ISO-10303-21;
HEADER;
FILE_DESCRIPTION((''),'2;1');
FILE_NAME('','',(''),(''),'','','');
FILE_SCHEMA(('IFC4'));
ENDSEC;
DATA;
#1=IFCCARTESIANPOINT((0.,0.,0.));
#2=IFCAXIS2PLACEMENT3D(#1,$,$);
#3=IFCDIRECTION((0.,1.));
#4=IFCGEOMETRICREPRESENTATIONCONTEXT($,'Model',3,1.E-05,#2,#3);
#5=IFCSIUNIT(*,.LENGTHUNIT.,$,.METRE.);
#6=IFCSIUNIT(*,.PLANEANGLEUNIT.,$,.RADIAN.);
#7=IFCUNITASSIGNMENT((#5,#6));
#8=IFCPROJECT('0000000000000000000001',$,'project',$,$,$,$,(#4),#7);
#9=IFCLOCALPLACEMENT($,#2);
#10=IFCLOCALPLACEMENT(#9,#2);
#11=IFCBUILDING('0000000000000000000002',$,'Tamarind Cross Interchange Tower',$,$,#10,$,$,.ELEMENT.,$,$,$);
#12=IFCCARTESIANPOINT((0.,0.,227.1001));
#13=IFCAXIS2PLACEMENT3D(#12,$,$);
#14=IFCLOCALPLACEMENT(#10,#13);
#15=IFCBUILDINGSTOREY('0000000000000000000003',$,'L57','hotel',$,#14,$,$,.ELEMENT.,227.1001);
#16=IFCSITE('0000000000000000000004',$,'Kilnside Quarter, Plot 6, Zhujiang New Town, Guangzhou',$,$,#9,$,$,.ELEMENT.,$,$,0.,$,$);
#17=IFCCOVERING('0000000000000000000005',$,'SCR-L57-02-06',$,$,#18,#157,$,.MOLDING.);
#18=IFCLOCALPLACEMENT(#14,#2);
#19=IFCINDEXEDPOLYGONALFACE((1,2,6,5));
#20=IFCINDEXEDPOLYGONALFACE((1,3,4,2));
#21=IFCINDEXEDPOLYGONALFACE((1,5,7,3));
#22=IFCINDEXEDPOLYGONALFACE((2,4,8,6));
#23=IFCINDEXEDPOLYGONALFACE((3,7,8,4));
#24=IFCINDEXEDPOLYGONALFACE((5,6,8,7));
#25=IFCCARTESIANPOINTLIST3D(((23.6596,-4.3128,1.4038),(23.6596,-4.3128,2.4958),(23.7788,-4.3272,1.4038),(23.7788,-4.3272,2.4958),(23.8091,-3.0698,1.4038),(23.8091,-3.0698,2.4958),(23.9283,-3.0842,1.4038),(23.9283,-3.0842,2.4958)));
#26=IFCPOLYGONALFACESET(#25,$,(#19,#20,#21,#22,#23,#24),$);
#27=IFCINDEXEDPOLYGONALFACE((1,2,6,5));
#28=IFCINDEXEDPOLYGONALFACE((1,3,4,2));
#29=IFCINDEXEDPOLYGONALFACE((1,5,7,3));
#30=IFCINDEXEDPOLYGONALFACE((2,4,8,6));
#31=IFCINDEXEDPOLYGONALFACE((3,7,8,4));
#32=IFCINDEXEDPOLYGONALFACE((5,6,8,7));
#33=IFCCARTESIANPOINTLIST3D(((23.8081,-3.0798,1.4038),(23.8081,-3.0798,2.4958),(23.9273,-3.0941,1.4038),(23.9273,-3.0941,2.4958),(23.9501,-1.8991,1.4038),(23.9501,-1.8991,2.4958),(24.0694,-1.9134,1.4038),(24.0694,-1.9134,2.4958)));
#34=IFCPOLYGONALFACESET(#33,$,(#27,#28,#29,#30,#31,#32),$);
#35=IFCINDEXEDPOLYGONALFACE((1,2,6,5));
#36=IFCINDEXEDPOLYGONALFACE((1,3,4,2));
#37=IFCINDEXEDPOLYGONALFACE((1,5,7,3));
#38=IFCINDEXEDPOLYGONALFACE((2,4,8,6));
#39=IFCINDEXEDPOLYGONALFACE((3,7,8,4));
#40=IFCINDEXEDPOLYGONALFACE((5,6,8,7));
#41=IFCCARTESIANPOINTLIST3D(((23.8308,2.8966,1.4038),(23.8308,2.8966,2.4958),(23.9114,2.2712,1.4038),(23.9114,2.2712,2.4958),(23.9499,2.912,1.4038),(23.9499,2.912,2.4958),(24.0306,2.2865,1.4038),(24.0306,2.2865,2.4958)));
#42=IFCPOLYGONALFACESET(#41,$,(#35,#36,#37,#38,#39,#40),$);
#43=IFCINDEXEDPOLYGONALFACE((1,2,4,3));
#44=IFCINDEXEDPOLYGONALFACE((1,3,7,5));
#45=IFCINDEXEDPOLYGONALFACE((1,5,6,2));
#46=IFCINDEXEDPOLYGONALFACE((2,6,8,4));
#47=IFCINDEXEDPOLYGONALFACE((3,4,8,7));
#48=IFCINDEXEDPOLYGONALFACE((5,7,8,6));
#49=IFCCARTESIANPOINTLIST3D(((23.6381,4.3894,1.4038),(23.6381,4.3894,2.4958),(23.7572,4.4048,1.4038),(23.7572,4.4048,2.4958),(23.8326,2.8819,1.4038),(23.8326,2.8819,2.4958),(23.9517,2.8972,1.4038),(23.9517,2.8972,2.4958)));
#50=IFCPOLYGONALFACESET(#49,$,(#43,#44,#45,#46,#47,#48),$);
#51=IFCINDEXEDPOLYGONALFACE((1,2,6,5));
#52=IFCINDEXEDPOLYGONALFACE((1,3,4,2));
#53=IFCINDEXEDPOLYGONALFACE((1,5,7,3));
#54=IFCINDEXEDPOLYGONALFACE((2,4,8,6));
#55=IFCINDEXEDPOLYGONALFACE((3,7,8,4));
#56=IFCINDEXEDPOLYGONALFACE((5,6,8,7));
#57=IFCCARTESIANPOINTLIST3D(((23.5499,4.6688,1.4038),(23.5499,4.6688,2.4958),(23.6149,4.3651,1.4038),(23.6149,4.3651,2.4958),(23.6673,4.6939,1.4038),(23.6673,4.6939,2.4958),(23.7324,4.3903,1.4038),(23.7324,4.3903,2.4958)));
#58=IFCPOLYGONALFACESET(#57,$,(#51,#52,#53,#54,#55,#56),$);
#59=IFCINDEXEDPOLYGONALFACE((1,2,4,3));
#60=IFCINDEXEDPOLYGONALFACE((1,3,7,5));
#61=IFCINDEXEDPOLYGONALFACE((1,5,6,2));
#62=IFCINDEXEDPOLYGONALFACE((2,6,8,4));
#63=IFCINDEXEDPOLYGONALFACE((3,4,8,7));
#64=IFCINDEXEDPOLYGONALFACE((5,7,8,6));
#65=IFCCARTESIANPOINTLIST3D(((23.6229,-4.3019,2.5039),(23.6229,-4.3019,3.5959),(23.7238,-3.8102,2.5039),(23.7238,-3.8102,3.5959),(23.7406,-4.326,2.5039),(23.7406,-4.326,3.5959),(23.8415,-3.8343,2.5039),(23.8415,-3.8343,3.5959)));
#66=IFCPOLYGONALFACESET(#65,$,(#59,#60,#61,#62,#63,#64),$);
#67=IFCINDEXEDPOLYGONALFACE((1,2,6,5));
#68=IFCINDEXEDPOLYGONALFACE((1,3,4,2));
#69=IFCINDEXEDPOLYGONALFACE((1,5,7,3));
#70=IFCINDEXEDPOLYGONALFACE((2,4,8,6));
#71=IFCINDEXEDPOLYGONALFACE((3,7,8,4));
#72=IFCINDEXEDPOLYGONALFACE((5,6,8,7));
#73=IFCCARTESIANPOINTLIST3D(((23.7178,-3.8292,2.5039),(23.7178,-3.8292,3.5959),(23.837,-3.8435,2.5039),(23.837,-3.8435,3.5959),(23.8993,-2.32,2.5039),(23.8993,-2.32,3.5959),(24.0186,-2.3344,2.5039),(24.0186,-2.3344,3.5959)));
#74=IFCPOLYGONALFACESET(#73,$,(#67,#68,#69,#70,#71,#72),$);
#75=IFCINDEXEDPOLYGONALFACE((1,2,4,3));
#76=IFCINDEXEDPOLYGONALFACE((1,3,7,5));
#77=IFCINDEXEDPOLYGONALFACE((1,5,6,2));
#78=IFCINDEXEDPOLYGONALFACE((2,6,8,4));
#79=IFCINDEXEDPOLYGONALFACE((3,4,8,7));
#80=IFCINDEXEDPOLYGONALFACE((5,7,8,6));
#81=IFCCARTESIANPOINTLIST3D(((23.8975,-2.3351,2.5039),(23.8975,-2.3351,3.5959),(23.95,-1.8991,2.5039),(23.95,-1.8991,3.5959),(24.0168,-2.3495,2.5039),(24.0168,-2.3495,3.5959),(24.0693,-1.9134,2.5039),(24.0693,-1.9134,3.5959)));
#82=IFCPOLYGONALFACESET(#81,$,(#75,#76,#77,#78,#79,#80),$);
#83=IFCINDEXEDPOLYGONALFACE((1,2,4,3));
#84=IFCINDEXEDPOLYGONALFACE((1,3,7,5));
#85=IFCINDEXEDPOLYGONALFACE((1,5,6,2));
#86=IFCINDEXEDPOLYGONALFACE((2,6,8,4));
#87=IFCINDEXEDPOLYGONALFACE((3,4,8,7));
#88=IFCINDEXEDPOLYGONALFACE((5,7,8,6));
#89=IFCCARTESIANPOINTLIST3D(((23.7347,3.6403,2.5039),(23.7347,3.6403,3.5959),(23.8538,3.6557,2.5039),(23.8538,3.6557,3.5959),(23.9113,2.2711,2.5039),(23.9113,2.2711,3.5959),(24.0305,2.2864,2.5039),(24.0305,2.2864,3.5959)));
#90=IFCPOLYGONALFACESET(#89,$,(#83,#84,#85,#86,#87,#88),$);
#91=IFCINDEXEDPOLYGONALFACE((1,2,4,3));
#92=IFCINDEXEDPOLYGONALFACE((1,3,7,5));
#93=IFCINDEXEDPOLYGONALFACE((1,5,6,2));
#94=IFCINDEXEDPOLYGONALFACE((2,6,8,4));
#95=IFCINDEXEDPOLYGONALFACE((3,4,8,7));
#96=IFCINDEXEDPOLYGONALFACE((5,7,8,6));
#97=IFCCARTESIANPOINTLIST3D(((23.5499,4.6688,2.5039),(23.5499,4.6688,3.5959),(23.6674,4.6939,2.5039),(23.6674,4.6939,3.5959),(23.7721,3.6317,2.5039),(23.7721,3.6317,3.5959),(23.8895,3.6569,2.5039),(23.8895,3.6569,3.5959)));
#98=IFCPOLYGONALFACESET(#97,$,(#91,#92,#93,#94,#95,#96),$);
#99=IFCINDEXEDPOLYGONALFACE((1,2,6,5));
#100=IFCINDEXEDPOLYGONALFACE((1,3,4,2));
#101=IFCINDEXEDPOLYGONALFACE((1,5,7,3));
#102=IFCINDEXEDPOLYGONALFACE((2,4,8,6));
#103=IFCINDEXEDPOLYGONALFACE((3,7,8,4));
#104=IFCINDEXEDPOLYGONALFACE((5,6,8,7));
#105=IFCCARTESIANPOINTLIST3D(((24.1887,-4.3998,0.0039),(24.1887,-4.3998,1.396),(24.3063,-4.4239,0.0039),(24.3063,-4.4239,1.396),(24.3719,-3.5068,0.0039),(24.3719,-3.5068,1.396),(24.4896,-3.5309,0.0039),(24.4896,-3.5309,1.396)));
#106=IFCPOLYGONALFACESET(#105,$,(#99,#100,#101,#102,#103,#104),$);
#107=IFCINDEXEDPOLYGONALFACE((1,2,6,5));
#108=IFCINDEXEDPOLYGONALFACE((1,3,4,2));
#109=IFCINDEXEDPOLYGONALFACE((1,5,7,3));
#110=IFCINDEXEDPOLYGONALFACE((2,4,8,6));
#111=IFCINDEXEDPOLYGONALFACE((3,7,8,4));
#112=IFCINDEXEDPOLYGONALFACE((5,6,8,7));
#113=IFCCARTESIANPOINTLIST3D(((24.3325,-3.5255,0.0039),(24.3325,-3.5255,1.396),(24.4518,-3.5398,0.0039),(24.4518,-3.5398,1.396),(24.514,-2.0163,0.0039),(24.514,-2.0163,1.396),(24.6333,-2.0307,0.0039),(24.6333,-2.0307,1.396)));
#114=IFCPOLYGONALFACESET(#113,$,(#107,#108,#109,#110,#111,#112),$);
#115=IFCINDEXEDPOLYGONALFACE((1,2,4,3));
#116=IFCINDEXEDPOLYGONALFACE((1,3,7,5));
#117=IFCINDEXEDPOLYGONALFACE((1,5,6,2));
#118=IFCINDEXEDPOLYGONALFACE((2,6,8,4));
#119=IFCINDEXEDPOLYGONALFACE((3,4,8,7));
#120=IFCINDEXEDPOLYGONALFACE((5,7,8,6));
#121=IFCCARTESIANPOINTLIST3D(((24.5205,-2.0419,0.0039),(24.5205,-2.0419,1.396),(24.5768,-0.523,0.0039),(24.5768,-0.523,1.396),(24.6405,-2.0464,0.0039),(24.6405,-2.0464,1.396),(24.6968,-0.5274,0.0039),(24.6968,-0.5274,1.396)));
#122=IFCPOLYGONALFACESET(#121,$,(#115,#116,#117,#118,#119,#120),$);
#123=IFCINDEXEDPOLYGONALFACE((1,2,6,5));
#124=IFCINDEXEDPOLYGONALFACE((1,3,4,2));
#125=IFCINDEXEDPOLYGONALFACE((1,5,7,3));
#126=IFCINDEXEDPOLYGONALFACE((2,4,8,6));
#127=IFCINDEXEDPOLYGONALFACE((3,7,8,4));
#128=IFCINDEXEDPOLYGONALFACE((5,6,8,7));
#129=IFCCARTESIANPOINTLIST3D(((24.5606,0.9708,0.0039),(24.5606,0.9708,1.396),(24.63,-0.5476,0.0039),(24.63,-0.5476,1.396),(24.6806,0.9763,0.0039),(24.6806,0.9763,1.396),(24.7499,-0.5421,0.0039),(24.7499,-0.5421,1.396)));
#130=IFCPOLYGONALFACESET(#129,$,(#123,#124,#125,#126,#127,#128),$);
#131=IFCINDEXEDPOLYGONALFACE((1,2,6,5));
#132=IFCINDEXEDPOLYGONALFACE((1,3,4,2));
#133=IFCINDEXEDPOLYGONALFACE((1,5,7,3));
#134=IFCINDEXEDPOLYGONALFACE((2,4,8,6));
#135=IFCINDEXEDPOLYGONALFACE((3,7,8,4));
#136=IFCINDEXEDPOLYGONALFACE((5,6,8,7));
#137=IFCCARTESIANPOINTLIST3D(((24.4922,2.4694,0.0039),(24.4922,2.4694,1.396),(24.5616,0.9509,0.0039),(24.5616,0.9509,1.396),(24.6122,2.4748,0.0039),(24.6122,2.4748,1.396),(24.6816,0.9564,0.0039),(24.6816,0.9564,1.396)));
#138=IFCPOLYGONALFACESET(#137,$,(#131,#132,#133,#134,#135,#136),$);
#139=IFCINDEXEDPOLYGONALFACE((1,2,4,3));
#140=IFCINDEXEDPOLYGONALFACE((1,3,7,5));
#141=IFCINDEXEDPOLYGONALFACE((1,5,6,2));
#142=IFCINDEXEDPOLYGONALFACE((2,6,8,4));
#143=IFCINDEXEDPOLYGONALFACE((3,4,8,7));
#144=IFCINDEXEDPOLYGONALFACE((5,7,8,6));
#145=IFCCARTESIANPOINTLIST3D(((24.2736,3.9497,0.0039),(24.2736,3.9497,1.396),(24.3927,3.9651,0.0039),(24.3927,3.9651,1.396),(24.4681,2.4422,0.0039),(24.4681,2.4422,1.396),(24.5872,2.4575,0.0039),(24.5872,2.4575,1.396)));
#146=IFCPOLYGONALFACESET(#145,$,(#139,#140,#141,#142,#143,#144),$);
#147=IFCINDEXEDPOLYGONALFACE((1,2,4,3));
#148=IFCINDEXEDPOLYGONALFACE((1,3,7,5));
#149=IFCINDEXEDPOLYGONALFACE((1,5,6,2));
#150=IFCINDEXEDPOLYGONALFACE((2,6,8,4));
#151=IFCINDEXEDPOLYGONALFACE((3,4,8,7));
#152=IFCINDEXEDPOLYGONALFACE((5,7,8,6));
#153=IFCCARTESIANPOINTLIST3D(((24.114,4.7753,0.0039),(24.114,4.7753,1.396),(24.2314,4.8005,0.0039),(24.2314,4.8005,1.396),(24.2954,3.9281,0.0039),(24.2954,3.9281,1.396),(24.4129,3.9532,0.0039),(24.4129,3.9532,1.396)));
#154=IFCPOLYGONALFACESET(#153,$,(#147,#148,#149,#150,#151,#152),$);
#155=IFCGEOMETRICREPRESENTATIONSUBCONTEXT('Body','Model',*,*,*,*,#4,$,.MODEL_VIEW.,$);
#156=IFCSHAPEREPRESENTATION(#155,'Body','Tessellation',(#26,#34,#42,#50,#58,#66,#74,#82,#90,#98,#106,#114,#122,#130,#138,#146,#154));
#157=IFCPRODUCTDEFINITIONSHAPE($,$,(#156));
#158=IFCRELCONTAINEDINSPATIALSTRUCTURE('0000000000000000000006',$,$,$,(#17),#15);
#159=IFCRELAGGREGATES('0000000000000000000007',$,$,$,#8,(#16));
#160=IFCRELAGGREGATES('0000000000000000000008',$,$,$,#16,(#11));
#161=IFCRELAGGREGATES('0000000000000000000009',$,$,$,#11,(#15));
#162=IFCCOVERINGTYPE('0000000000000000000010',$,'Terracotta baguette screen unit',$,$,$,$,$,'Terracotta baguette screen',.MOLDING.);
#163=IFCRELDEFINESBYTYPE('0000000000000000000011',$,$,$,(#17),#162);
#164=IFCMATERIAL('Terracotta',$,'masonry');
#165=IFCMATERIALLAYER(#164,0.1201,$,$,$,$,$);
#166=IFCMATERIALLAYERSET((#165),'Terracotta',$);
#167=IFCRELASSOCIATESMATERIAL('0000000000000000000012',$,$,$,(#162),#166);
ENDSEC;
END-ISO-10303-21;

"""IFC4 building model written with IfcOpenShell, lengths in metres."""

from ifc_helpers import new_model, si_unit, direction, frame, origin, origin_2d, place, context, subcontext, project, spatial, rectangle, extrude, material, layer, layer_set, type_object, element, save


model = new_model("IFC4")

# Units and contexts
model_context = context("Model", 3, precision=1e-05, world=origin(), true_north=direction((0.0, 1.0)))
body_context = subcontext(model_context, "Body", "Model", "MODEL_VIEW")
ifc_project = project(units=[si_unit("LENGTHUNIT", "METRE"), si_unit("PLANEANGLEUNIT", "RADIAN")], contexts=[model_context])

# Site, building, storey
site_placement = place(None, origin())
site = spatial("IfcSite", under=ifc_project, at=site_placement, Name="Kilnside Quarter, Plot 6, Zhujiang New Town, Guangzhou", CompositionType="ELEMENT", RefElevation=0.0)
building_placement = place(site_placement, origin())
building = spatial("IfcBuilding", under=site, at=building_placement, Name="Tamarind Cross Interchange Tower", CompositionType="ELEMENT")
storey_placement = place(building_placement, frame((0.0, 0.0, 227.1001)))
storey = spatial("IfcBuildingStorey", under=building, at=storey_placement, Name="L57", Description="hotel", CompositionType="ELEMENT", Elevation=227.1001)

# Covering
ifc_material_1 = material(Name="Terracotta", Category="masonry")
ifc_layer_1 = layer(ifc_material_1, 0.1201)
ifc_layer_set_1 = layer_set([ifc_layer_1], Name="Terracotta")
covering_type = type_object("IfcCoveringType", Name="Terracotta baguette screen unit", ElementType="Terracotta baguette screen", PredefinedType="MOLDING", material=ifc_layer_set_1)
covering_1_placement = place(storey_placement, origin())
element("IfcCovering", 1, at=covering_1_placement, inside=storey, type_object=covering_type, Name="SCR-L57-02-06", PredefinedType="MOLDING", context=body_context, shape_type="SweptSolid", body=[
    extrude(rectangle(XDim=1.252, YDim=0.1201, at=origin_2d()), frame((23.7939, -3.6985, 1.4038), z_axis=(0.0, 0.0, 1.0), x_axis=(0.119421, 0.992844, 0.0)), (0.0, 0.0, 1.0), 1.092),
    extrude(rectangle(XDim=1.1892, YDim=0.1201, at=origin_2d()), frame((23.9387, -2.4966, 1.4038), z_axis=(0.0, 0.0, 1.0), x_axis=(0.119421, 0.992844, 0.0)), (0.0, 0.0, 1.0), 1.092),
    extrude(rectangle(XDim=0.6306, YDim=0.1201, at=origin_2d()), frame((23.9307, 2.5916, 1.4038), z_axis=(0.0, 0.0, 1.0), x_axis=(-0.127962, 0.991779, 0.0)), (0.0, 0.0, 1.0), 1.092),
    extrude(rectangle(XDim=1.52, YDim=0.1201, at=origin_2d()), frame((23.7949, 3.6433, 1.4038), z_axis=(0.0, 0.0, 1.0), x_axis=(-0.127962, 0.991779, 0.0)), (0.0, 0.0, 1.0), 1.092),
    extrude(rectangle(XDim=0.3105, YDim=0.1201, at=origin_2d()), frame((23.6411, 4.5295, 1.4038), z_axis=(0.0, 0.0, 1.0), x_axis=(-0.209425, 0.977825, 0.0)), (0.0, 0.0, 1.0), 1.092),
    extrude(rectangle(XDim=0.502, YDim=0.1201, at=origin_2d()), frame((23.7322, -4.0681, 2.5039), z_axis=(0.0, 0.0, 1.0), x_axis=(0.201001, 0.979591, 0.0)), (0.0, 0.0, 1.0), 1.092),
    extrude(rectangle(XDim=1.52, YDim=0.1201, at=origin_2d()), frame((23.8682, -3.0818, 2.5039), z_axis=(0.0, 0.0, 1.0), x_axis=(0.119421, 0.992844, 0.0)), (0.0, 0.0, 1.0), 1.092),
    extrude(rectangle(XDim=0.4392, YDim=0.1201, at=origin_2d()), frame((23.9834, -2.1243, 2.5039), z_axis=(0.0, 0.0, 1.0), x_axis=(0.119421, 0.992844, 0.0)), (0.0, 0.0, 1.0), 1.092),
    extrude(rectangle(XDim=1.3806, YDim=0.1201, at=origin_2d()), frame((23.8826, 2.9634, 2.5039), z_axis=(0.0, 0.0, 1.0), x_axis=(-0.127962, 0.991779, 0.0)), (0.0, 0.0, 1.0), 1.092),
    extrude(rectangle(XDim=1.0605, YDim=0.1201, at=origin_2d()), frame((23.7197, 4.1628, 2.5039), z_axis=(0.0, 0.0, 1.0), x_axis=(-0.209425, 0.977825, 0.0)), (0.0, 0.0, 1.0), 1.092),
    extrude(rectangle(XDim=0.9116, YDim=0.1201, at=origin_2d()), frame((24.3391, -3.9653, 0.0039), z_axis=(0.0, 0.0, 1.0), x_axis=(0.201001, 0.979591, 0.0)), (0.0, 0.0, 1.0), 1.3921),
    extrude(rectangle(XDim=1.52, YDim=0.1201, at=origin_2d()), frame((24.4829, -2.7781, 0.0039), z_axis=(0.0, 0.0, 1.0), x_axis=(0.119421, 0.992844, 0.0)), (0.0, 0.0, 1.0), 1.3921),
    extrude(rectangle(XDim=1.52, YDim=0.1201, at=origin_2d()), frame((24.6086, -1.2847, 0.0039), z_axis=(0.0, 0.0, 1.0), x_axis=(0.037025, 0.999314, 0.0)), (0.0, 0.0, 1.0), 1.3921),
    extrude(rectangle(XDim=1.52, YDim=0.1201, at=origin_2d()), frame((24.6553, 0.2144, 0.0039), z_axis=(0.0, 0.0, 1.0), x_axis=(-0.045624, 0.998959, 0.0)), (0.0, 0.0, 1.0), 1.3921),
    extrude(rectangle(XDim=1.52, YDim=0.1201, at=origin_2d()), frame((24.5869, 1.7129, 0.0039), z_axis=(0.0, 0.0, 1.0), x_axis=(-0.045624, 0.998959, 0.0)), (0.0, 0.0, 1.0), 1.3921),
    extrude(rectangle(XDim=1.52, YDim=0.1201, at=origin_2d()), frame((24.4304, 3.2036, 0.0039), z_axis=(0.0, 0.0, 1.0), x_axis=(-0.127962, 0.991779, 0.0)), (0.0, 0.0, 1.0), 1.3921),
    extrude(rectangle(XDim=0.8665, YDim=0.1201, at=origin_2d()), frame((24.2634, 4.3643, 0.0039), z_axis=(0.0, 0.0, 1.0), x_axis=(-0.209425, 0.977825, 0.0)), (0.0, 0.0, 1.0), 1.3921),
])

save(model, "model.ifc")
